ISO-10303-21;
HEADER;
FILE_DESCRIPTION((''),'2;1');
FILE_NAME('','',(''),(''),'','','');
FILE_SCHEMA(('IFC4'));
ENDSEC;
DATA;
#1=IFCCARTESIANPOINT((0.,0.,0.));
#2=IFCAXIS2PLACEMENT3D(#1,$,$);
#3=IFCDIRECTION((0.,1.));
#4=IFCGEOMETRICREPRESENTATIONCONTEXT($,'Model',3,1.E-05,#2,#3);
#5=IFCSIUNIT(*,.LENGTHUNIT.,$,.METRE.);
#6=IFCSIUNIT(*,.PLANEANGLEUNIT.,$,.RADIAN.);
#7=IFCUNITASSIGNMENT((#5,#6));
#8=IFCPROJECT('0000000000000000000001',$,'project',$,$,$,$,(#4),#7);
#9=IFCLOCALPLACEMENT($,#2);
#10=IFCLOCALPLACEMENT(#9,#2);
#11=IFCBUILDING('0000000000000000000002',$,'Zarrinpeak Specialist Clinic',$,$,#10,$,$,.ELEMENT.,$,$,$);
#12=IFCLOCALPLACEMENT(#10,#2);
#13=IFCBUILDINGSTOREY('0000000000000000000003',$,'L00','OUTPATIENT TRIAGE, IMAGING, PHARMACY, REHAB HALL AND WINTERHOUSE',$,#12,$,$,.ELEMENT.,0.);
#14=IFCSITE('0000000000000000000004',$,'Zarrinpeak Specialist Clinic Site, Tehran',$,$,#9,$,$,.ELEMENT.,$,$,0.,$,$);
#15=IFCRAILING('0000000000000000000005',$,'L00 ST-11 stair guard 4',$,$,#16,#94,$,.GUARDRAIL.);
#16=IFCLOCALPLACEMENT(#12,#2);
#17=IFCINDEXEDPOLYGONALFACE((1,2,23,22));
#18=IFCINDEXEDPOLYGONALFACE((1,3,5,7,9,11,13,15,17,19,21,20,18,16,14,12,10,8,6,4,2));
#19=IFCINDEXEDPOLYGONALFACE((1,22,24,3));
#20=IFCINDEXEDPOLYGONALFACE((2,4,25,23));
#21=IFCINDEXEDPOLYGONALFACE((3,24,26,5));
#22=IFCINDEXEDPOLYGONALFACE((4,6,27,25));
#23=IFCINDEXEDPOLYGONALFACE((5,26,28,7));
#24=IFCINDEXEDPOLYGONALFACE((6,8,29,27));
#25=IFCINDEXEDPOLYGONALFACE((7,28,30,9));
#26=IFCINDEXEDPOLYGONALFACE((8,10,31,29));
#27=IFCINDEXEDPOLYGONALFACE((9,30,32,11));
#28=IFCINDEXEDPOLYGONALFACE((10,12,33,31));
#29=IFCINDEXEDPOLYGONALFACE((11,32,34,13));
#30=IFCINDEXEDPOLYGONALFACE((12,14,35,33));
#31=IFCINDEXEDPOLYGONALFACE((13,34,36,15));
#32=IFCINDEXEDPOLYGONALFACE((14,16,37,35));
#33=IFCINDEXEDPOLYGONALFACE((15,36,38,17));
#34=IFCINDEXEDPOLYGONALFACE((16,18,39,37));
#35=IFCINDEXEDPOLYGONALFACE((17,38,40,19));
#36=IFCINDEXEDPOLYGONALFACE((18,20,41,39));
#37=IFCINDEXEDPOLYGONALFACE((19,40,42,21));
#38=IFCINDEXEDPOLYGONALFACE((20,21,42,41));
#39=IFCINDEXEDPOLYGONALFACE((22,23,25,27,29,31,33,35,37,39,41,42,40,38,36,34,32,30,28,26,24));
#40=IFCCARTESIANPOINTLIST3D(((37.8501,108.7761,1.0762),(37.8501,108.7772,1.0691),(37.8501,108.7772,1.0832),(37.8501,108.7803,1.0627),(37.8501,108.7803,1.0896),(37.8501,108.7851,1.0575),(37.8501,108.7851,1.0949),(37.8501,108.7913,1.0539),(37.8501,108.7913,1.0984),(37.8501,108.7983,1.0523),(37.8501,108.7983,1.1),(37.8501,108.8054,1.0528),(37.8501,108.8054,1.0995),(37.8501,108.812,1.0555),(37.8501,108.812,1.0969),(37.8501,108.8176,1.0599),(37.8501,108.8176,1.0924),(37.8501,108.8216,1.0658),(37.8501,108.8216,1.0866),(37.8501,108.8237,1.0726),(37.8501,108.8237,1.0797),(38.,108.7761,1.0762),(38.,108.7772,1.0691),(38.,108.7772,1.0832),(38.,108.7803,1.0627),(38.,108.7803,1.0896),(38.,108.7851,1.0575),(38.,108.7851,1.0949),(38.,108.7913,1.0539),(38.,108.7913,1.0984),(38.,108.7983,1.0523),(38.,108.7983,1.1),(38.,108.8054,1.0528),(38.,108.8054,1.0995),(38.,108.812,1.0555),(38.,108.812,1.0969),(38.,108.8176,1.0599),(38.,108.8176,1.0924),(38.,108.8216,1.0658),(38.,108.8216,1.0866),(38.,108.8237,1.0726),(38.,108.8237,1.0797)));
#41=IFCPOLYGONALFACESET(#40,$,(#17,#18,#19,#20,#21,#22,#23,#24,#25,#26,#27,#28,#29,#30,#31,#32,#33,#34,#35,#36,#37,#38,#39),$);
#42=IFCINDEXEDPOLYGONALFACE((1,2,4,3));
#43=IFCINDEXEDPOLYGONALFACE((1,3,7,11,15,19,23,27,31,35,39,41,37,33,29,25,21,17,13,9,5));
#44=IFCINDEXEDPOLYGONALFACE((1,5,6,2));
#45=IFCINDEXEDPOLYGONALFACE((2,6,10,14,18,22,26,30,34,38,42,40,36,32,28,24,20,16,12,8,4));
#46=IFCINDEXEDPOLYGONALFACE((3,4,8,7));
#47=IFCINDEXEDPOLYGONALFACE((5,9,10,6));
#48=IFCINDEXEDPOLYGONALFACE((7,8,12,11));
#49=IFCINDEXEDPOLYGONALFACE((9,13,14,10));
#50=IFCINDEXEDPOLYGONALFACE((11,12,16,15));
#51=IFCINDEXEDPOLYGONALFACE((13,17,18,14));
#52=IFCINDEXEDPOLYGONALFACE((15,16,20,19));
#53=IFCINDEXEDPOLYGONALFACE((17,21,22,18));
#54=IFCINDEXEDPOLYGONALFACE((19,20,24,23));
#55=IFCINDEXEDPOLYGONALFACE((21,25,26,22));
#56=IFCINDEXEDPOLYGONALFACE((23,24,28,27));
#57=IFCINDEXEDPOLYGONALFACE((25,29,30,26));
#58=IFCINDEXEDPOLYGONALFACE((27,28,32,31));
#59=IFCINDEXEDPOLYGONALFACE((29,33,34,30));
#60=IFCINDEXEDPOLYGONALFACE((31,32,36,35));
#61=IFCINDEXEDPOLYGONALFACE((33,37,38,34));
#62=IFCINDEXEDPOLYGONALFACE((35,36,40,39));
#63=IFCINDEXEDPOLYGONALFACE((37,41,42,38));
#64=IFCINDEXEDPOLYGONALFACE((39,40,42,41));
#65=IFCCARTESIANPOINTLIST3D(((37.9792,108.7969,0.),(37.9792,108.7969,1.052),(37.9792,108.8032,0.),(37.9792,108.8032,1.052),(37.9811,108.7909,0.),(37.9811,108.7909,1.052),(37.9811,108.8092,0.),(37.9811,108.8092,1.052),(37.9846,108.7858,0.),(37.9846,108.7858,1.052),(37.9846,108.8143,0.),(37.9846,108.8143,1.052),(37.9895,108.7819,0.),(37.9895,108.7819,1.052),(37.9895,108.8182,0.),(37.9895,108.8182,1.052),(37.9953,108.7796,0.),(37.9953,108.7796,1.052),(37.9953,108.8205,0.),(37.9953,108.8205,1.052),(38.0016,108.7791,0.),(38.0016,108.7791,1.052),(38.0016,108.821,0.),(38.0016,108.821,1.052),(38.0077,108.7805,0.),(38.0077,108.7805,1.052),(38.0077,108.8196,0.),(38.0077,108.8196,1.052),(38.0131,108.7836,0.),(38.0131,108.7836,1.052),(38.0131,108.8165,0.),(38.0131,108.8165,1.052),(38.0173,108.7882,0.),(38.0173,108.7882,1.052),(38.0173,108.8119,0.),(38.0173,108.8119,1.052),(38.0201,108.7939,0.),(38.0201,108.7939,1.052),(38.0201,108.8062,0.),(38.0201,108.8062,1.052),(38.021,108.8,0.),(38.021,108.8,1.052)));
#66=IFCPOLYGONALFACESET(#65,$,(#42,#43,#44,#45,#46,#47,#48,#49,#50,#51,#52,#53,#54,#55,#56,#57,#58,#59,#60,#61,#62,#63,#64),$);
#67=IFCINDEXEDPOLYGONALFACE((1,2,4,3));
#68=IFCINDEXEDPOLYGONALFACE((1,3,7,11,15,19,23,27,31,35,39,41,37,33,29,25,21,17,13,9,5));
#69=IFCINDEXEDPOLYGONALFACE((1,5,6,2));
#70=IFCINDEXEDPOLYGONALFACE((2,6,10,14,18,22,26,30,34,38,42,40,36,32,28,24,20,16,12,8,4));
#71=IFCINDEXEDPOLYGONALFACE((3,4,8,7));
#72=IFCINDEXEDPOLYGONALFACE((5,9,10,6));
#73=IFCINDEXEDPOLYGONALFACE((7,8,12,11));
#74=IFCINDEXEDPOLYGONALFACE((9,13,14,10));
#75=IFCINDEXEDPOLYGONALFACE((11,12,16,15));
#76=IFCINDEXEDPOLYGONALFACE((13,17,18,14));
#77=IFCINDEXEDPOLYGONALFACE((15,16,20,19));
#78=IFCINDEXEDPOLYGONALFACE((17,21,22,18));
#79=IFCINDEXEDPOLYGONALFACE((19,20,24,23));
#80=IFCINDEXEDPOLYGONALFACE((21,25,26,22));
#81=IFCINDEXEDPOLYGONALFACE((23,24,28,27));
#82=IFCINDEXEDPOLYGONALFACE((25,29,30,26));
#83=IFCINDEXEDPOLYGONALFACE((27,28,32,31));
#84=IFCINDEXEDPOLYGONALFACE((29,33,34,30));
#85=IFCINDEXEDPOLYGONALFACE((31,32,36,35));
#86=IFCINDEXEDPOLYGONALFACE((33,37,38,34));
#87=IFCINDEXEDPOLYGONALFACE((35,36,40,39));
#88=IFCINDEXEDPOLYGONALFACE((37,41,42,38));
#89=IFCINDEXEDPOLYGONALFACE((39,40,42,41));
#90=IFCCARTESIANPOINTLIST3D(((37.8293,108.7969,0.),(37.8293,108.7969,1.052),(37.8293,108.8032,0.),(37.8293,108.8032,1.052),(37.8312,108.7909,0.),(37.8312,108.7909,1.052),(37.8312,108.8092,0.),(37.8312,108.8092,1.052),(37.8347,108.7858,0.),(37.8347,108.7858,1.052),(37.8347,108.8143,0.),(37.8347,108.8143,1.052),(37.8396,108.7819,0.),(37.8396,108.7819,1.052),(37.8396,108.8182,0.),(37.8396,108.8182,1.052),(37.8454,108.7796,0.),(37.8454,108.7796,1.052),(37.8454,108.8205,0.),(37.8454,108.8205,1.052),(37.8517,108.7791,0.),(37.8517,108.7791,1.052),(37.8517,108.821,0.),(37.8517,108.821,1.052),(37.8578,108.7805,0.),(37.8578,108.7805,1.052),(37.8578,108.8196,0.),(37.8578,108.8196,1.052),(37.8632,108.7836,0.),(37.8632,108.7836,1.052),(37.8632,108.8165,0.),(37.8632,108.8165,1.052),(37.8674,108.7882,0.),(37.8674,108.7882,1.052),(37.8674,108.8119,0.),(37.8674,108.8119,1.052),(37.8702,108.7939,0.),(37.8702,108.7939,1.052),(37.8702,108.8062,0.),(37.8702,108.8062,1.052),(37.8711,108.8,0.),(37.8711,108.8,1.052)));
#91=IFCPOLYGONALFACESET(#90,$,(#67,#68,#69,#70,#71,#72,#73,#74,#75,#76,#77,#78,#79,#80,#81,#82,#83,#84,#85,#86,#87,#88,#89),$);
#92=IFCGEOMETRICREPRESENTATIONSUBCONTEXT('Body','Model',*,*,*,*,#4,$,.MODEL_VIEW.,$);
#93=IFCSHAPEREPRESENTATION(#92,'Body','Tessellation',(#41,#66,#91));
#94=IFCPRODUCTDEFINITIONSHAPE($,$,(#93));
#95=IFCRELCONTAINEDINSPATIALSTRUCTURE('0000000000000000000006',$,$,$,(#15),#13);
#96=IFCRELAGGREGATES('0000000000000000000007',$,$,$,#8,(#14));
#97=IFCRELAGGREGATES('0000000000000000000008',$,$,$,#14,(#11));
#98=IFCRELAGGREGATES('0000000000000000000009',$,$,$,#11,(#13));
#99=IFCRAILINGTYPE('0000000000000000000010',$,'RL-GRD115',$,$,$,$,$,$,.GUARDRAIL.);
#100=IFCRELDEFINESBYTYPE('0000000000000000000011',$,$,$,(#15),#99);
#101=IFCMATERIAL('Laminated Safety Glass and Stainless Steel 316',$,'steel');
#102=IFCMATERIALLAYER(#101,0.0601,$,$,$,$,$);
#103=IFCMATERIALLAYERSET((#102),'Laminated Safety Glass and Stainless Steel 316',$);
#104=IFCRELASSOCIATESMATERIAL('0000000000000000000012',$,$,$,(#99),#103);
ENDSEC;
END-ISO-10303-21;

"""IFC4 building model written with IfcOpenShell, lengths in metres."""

from ifc_helpers import new_model, si_unit, direction, frame, origin, origin_2d, place, context, subcontext, project, spatial, circle, extrude, material, layer, layer_set, type_object, element, save


model = new_model("IFC4")

# Units and contexts
model_context = context("Model", 3, precision=1e-05, world=origin(), true_north=direction((0.0, 1.0)))
body_context = subcontext(model_context, "Body", "Model", "MODEL_VIEW")
ifc_project = project(units=[si_unit("LENGTHUNIT", "METRE"), si_unit("PLANEANGLEUNIT", "RADIAN")], contexts=[model_context])

# Site, building, storey
site_placement = place(None, origin())
site = spatial("IfcSite", under=ifc_project, at=site_placement, Name="Zarrinpeak Specialist Clinic Site, Tehran", CompositionType="ELEMENT", RefElevation=0.0)
building_placement = place(site_placement, origin())
building = spatial("IfcBuilding", under=site, at=building_placement, Name="Zarrinpeak Specialist Clinic", CompositionType="ELEMENT")
storey_placement = place(building_placement, origin())
storey = spatial("IfcBuildingStorey", under=building, at=storey_placement, Name="L00", Description="OUTPATIENT TRIAGE, IMAGING, PHARMACY, REHAB HALL AND WINTERHOUSE", CompositionType="ELEMENT", Elevation=0.0)

# Railing
ifc_material_1 = material(Name="Laminated Safety Glass and Stainless Steel 316", Category="steel")
ifc_layer_1 = layer(ifc_material_1, 0.0601)
ifc_layer_set_1 = layer_set([ifc_layer_1], Name="Laminated Safety Glass and Stainless Steel 316")
railing_type_1 = type_object("IfcRailingType", Name="RL-GRD115", PredefinedType="GUARDRAIL", material=ifc_layer_set_1)
railing_1_placement = place(storey_placement, frame((38.0, 108.8, 0.0)))
element("IfcRailing", 1, at=railing_1_placement, inside=storey, type_object=railing_type_1, Name="L00 ST-11 stair guard 4", PredefinedType="GUARDRAIL", context=body_context, shape_type="SweptSolid", body=[
    extrude(circle(Radius=0.0239, at=origin_2d()), frame((0.0, 0.0, 1.0762), z_axis=(-1.0, 0.0, 0.0), x_axis=(0.0, -1.0, 0.0)), (0.0, 0.0, 1.0), 0.1499),
    extrude(circle(Radius=0.021, at=origin_2d()), origin(), (0.0, 0.0, 1.0), 1.052),
    extrude(circle(Radius=0.021, at=origin_2d()), frame((-0.1499, 0.0, 0.0)), (0.0, 0.0, 1.0), 1.052),
])

save(model, "model.ifc")
